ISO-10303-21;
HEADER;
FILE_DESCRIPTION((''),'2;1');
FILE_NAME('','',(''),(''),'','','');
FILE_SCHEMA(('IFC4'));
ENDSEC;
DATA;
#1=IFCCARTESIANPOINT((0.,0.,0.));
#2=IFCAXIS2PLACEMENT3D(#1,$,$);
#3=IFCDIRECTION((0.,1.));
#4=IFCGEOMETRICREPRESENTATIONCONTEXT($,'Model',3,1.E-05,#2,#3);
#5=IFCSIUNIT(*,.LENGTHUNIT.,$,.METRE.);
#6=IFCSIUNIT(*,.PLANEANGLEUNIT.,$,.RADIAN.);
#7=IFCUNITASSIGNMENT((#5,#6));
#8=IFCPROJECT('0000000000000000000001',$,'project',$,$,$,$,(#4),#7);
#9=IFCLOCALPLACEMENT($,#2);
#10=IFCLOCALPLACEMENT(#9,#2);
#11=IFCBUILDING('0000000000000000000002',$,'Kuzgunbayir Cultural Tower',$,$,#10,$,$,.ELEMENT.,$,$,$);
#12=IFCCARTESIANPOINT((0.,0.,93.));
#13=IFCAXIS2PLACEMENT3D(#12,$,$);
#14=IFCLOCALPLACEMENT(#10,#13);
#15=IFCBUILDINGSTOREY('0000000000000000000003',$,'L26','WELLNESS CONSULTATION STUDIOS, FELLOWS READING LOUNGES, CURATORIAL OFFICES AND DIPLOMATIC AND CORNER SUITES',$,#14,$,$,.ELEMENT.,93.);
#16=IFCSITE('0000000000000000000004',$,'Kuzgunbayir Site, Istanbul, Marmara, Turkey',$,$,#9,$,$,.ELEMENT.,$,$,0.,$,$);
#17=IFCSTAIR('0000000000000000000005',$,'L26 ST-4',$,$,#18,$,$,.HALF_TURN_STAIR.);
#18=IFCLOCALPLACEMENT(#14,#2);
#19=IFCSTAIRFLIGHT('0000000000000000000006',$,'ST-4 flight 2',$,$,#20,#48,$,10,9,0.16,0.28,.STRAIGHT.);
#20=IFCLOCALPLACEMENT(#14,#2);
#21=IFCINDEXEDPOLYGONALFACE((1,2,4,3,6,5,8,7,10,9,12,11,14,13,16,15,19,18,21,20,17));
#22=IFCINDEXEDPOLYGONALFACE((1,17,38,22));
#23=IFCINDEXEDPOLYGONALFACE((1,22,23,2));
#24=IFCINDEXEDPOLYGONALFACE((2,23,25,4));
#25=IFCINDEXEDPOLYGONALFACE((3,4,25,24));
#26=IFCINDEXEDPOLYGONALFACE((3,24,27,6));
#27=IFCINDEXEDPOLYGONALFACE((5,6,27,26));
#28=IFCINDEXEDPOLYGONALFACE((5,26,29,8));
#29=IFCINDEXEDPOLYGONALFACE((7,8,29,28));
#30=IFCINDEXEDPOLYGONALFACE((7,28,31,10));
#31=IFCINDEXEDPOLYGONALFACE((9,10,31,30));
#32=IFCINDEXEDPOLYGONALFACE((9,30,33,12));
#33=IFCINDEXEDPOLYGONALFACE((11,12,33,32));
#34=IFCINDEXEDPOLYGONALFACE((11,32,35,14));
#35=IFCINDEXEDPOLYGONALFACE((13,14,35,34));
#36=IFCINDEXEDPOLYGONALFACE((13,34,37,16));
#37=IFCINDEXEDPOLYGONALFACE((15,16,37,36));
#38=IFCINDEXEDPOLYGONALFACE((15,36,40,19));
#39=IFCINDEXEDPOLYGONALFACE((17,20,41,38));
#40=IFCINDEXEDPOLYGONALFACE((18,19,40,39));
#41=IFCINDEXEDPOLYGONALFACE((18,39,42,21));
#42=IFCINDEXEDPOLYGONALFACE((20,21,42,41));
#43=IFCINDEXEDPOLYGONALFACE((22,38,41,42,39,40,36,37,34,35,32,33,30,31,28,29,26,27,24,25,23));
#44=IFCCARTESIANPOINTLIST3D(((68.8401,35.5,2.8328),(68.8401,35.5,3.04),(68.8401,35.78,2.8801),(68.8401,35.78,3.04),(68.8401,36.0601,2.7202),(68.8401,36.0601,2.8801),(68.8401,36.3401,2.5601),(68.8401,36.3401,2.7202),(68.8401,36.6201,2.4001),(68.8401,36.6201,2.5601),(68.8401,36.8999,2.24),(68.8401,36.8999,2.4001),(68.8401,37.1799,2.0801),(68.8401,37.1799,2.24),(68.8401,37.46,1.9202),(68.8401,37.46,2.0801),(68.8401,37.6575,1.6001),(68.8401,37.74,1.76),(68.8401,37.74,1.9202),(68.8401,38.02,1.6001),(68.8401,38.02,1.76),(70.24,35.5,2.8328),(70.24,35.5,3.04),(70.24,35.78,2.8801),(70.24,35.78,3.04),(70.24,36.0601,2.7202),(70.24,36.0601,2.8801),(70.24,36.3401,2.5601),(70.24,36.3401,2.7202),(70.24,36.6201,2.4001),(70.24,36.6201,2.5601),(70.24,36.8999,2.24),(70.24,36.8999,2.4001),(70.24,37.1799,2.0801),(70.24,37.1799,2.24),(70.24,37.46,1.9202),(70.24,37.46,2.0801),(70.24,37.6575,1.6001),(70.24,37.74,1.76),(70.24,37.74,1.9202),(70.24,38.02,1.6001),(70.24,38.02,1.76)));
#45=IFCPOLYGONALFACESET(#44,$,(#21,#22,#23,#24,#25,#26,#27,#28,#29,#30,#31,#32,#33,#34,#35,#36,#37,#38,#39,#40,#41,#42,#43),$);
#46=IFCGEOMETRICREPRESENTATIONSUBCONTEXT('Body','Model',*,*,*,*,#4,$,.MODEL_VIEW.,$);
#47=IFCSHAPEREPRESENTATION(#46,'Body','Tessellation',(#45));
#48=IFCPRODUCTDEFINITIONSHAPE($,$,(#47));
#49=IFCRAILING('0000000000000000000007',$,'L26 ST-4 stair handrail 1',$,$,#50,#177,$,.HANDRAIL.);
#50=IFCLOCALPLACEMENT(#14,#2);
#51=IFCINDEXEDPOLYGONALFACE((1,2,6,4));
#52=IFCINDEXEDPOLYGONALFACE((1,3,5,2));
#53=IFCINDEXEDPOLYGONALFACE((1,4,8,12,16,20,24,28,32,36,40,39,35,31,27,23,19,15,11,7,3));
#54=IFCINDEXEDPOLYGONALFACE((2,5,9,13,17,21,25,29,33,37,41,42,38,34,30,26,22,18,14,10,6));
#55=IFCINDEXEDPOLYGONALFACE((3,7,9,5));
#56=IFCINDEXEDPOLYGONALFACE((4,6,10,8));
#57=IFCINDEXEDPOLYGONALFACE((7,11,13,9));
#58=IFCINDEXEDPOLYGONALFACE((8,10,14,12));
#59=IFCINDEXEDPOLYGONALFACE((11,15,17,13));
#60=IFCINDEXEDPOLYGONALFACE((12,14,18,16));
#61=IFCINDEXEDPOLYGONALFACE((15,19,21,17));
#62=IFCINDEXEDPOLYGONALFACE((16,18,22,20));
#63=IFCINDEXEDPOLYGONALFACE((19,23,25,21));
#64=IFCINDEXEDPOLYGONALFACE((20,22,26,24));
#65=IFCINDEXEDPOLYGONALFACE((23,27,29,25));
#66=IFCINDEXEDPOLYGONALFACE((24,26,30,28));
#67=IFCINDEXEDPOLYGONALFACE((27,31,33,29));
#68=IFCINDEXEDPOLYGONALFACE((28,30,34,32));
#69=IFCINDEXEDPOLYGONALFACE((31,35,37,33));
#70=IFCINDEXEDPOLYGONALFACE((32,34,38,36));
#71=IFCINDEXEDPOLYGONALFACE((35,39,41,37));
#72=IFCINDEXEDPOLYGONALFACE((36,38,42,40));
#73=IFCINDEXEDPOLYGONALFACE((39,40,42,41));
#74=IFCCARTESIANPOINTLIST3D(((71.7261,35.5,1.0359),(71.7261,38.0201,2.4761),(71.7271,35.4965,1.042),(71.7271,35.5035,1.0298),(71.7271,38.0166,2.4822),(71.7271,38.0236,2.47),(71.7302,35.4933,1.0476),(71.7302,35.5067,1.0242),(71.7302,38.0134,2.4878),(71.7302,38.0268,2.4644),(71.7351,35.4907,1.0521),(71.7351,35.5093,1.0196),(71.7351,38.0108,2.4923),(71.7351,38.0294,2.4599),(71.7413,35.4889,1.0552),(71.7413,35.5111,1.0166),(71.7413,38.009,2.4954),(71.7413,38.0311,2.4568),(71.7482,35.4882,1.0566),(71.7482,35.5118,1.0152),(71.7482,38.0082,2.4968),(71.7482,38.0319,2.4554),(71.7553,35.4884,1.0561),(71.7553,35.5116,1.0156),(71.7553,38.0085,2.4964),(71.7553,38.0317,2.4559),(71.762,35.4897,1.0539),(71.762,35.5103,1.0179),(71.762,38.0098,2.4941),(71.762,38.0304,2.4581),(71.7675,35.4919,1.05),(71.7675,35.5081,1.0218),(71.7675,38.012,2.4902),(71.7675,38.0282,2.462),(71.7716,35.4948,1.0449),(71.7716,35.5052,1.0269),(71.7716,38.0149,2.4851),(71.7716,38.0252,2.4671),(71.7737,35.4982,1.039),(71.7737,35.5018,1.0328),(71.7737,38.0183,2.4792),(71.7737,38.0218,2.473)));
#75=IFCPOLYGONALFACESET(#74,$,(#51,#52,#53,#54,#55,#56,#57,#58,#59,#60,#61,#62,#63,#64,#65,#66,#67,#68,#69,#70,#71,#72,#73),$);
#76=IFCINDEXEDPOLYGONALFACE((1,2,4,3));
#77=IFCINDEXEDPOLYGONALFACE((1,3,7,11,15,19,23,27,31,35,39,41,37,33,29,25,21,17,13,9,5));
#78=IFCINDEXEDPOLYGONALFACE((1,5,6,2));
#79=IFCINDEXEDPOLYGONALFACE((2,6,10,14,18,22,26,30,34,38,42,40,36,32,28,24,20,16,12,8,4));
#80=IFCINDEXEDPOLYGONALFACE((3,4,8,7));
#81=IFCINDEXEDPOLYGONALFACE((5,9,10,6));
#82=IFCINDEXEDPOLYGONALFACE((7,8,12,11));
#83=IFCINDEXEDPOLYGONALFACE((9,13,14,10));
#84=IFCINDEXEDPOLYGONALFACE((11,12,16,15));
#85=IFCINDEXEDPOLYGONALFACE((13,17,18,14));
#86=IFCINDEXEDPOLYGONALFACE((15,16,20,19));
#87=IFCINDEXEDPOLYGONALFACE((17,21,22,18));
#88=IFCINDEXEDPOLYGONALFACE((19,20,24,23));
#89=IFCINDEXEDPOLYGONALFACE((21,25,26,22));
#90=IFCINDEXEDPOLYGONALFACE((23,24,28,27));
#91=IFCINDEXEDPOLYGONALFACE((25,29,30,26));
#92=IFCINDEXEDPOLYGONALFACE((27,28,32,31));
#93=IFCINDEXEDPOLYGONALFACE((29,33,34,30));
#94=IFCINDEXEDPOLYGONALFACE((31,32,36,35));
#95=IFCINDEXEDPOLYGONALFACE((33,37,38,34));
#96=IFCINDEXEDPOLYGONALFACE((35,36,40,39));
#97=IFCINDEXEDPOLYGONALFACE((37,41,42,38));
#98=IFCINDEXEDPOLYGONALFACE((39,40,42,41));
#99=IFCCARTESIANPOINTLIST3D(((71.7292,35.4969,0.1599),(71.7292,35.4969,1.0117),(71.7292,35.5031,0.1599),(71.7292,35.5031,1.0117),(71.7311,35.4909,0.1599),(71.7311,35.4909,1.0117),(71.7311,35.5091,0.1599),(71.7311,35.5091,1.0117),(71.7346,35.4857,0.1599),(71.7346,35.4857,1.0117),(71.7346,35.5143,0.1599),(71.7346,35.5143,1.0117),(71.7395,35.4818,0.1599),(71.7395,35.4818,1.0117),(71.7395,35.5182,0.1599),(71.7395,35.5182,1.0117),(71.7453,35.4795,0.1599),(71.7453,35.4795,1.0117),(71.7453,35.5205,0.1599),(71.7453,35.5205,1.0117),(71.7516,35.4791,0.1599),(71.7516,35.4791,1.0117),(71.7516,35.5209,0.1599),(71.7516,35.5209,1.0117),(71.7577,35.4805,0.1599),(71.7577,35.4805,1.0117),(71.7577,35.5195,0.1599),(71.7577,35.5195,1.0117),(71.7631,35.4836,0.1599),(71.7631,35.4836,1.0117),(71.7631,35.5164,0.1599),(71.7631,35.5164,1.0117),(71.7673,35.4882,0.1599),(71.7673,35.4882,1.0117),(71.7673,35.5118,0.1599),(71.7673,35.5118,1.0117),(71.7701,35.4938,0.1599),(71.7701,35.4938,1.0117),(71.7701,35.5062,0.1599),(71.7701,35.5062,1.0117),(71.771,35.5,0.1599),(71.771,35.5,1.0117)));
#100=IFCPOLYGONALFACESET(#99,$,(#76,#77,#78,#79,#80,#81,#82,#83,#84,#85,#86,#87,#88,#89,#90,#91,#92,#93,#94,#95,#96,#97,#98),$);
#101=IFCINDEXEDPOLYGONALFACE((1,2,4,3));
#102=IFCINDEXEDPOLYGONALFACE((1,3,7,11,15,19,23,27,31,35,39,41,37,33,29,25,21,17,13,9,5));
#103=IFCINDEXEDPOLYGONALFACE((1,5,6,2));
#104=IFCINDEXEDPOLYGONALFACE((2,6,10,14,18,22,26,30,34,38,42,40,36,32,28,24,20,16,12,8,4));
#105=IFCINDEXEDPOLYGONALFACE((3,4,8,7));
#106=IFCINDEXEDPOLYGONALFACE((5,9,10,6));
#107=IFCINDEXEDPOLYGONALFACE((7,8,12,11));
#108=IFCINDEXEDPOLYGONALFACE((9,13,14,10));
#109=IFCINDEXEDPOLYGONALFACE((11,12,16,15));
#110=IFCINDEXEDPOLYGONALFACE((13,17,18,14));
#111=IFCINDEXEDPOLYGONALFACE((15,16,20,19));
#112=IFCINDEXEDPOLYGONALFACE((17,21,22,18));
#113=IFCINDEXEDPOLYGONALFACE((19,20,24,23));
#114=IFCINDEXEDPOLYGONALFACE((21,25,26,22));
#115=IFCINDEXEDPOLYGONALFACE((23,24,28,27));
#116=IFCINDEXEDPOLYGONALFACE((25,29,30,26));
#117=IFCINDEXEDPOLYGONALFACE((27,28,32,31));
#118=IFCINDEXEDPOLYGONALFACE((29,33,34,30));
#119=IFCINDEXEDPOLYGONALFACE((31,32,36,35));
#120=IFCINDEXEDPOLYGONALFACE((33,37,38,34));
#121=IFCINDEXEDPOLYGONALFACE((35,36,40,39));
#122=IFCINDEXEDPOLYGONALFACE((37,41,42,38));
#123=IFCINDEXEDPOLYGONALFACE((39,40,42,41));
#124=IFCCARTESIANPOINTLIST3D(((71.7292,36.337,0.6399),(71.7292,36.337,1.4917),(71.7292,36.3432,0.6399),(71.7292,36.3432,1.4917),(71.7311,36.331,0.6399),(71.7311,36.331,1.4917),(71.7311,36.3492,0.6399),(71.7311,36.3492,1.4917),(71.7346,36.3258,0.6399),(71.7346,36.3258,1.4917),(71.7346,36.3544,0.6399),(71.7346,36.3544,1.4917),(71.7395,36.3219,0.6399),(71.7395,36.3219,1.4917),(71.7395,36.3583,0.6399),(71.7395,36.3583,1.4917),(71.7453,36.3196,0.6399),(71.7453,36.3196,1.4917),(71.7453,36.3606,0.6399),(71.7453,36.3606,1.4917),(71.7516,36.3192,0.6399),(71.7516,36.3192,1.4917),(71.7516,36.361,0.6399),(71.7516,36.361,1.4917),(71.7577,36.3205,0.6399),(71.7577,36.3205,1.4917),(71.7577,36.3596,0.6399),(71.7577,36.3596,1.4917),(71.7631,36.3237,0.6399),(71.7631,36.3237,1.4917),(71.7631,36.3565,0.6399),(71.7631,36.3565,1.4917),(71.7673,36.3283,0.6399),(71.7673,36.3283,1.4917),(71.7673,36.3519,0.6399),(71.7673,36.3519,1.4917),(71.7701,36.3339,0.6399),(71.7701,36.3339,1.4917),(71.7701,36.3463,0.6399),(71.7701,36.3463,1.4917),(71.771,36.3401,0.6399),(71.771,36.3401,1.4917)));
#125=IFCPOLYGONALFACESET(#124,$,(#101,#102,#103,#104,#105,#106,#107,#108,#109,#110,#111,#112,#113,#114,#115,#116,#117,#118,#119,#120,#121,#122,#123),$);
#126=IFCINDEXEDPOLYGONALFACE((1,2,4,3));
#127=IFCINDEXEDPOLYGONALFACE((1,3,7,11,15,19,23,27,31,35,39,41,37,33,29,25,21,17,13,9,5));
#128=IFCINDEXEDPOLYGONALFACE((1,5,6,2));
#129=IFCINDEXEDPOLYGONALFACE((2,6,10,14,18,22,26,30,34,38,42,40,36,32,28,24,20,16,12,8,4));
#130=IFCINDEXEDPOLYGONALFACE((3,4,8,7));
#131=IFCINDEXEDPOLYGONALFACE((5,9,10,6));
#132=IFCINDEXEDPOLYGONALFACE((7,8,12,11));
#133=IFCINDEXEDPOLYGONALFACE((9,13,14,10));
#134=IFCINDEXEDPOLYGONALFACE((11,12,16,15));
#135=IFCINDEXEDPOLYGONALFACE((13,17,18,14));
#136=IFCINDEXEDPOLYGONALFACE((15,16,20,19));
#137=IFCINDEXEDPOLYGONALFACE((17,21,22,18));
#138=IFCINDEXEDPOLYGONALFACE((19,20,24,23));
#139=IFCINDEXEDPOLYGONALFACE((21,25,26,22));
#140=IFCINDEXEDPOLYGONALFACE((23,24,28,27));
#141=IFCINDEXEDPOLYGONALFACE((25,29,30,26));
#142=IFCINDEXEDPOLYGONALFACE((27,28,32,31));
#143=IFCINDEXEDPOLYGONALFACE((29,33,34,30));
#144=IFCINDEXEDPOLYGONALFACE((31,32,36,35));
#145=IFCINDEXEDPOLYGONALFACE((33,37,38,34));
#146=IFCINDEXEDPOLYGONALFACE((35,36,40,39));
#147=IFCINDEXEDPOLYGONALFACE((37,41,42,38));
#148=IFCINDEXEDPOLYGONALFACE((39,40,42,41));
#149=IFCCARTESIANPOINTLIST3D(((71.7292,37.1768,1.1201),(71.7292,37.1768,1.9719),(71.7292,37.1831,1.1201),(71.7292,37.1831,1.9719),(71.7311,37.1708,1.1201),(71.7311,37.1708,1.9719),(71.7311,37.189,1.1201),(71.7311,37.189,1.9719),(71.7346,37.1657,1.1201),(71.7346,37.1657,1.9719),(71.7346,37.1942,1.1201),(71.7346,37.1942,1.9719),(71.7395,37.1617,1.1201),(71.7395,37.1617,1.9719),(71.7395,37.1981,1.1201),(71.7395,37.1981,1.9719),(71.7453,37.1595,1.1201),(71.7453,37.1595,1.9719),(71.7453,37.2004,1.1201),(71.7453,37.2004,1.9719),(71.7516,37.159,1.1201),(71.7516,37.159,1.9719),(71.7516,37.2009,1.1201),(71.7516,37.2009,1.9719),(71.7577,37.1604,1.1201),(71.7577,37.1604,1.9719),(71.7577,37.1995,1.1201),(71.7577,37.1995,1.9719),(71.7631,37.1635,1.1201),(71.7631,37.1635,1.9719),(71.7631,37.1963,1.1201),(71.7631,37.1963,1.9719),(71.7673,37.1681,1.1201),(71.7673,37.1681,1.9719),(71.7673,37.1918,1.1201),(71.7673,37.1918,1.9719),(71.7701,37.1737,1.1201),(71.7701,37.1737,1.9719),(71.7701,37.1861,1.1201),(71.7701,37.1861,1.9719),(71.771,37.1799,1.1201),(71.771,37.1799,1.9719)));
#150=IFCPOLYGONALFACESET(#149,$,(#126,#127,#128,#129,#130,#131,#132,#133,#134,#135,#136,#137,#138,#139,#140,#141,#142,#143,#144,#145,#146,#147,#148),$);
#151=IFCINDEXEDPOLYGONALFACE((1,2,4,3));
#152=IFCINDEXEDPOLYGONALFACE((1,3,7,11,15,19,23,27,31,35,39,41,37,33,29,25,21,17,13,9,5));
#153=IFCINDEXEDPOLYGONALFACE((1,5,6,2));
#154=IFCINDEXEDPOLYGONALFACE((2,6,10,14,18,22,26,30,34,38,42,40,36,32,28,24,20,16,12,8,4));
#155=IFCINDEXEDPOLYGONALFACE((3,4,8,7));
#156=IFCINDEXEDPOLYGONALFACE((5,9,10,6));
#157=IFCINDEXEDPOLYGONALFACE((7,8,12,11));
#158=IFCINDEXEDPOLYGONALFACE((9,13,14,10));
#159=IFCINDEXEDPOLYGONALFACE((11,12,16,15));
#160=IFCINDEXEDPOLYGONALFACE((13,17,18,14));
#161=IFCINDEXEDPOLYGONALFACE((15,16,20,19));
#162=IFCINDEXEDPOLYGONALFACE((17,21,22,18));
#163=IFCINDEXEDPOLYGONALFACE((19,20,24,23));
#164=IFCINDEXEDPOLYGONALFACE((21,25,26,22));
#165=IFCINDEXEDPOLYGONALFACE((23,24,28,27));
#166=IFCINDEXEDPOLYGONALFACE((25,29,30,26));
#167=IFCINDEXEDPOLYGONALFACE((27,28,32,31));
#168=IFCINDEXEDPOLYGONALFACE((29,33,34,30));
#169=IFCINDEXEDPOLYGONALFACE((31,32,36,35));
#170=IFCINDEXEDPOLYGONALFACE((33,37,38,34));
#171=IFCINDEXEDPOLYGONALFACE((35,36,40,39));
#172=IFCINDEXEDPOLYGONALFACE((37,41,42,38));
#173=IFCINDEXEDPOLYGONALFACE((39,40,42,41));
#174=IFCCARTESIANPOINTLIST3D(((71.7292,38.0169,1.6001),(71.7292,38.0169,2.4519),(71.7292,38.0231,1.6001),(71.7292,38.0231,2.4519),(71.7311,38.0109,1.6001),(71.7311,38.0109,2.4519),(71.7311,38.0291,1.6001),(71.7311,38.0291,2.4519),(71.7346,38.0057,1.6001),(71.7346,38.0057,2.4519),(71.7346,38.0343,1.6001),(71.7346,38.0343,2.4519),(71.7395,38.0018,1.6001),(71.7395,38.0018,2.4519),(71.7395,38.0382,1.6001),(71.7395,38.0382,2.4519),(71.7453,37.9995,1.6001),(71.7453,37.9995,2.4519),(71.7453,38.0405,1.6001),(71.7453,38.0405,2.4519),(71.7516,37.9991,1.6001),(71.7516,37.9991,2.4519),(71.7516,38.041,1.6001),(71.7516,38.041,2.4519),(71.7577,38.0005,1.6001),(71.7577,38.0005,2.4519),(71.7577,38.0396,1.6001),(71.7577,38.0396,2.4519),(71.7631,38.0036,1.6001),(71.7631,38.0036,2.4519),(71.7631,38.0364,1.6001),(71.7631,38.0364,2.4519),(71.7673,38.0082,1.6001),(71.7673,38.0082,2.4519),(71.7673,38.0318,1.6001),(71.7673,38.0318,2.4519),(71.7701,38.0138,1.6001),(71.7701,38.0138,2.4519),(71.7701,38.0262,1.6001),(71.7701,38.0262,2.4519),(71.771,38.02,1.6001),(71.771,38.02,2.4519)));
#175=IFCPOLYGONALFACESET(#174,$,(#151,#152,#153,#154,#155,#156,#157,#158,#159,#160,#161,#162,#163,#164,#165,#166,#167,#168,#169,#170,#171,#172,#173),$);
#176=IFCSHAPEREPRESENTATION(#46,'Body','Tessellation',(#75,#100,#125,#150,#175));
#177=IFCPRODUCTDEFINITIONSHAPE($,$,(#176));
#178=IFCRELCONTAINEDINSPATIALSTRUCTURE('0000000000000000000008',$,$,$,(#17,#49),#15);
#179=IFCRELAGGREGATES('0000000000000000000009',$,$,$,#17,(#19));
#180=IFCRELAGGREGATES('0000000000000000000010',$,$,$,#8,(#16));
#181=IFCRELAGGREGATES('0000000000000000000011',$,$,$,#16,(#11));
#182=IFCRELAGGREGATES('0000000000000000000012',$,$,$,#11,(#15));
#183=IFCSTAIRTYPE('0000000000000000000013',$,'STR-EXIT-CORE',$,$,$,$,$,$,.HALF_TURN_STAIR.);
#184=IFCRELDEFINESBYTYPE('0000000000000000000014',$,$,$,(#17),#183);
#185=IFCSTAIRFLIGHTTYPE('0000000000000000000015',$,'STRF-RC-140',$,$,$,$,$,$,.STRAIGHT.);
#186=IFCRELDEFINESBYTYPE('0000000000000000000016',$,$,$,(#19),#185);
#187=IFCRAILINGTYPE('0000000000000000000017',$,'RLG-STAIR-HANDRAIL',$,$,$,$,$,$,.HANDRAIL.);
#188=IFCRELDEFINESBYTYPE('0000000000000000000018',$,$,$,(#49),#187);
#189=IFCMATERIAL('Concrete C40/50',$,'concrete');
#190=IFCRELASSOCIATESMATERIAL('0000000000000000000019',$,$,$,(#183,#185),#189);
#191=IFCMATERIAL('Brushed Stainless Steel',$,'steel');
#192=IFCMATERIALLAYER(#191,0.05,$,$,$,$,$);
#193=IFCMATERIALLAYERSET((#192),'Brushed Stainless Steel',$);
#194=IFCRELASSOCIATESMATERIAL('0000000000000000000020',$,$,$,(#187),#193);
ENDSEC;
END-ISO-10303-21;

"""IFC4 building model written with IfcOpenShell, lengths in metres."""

from ifc_helpers import new_model, si_unit, direction, frame, origin, origin_2d, place, context, subcontext, project, spatial, polyline, circle, outline, extrude, material, layer, layer_set, type_object, element, aggregate, save


model = new_model("IFC4")

# Units and contexts
model_context = context("Model", 3, precision=1e-05, world=origin(), true_north=direction((0.0, 1.0)))
body_context = subcontext(model_context, "Body", "Model", "MODEL_VIEW")
ifc_project = project(units=[si_unit("LENGTHUNIT", "METRE"), si_unit("PLANEANGLEUNIT", "RADIAN")], contexts=[model_context])

# Site, building, storey
site_placement = place(None, origin())
site = spatial("IfcSite", under=ifc_project, at=site_placement, Name="Kuzgunbayir Site, Istanbul, Marmara, Turkey", CompositionType="ELEMENT", RefElevation=0.0)
building_placement = place(site_placement, origin())
building = spatial("IfcBuilding", under=site, at=building_placement, Name="Kuzgunbayir Cultural Tower", CompositionType="ELEMENT")
storey_placement = place(building_placement, frame((0.0, 0.0, 93.0)))
storey = spatial("IfcBuildingStorey", under=building, at=storey_placement, Name="L26", Description="WELLNESS CONSULTATION STUDIOS, FELLOWS READING LOUNGES, CURATORIAL OFFICES AND DIPLOMATIC AND CORNER SUITES", CompositionType="ELEMENT", Elevation=93.0)

# Shared definitions
ifc_material_1 = material(Name="Concrete C40/50", Category="concrete")

# Stair, stair flight
stair_type = type_object("IfcStairType", Name="STR-EXIT-CORE", PredefinedType="HALF_TURN_STAIR", material=ifc_material_1)
stair_placement = place(storey_placement, origin())
stair = element("IfcStair", 1, at=stair_placement, inside=storey, type_object=stair_type, Name="L26 ST-4", PredefinedType="HALF_TURN_STAIR")
stair_flight_type = type_object("IfcStairFlightType", Name="STRF-RC-140", PredefinedType="STRAIGHT", material=ifc_material_1)
stair_flight_1_placement = place(storey_placement, frame((69.54, 38.02, 1.6001), z_axis=(0.0, 0.0, 1.0), x_axis=(0.0, -1.0, 0.0)))
stair_flight_1 = element("IfcStairFlight", 2, at=stair_flight_1_placement, type_object=stair_flight_type, Name="ST-4 flight 2", NumberOfRisers=10, NumberOfTreads=9, PredefinedType="STRAIGHT", RiserHeight=0.16, TreadLength=0.28, context=body_context, shape_type="SweptSolid", body=[
    extrude(outline(polyline([(0.0, 0.0), (0.0, 0.1599), (0.28, 0.1599), (0.28, 0.3201), (0.5601, 0.3201), (0.5601, 0.48), (0.8401, 0.48), (0.8401, 0.6399), (1.1201, 0.6399), (1.1201, 0.8), (1.3999, 0.8), (1.3999, 0.96), (1.6799, 0.96), (1.6799, 1.1201), (1.96, 1.1201), (1.96, 1.28), (2.24, 1.28), (2.24, 1.4399), (2.52, 1.4399), (2.52, 1.6001), (2.52, 1.2327), (0.3625, 0.0), (0.0, 0.0)])), frame((0.0, 0.7, 0.0), z_axis=(0.0, -1.0, 0.0), x_axis=(1.0, 0.0, 0.0)), (0.0, 0.0, 1.0), 1.3999),
])
aggregate(stair, [stair_flight_1])

# Railing
ifc_material_2 = material(Name="Brushed Stainless Steel", Category="steel")
ifc_layer_1 = layer(ifc_material_2, 0.05)
ifc_layer_set_1 = layer_set([ifc_layer_1], Name="Brushed Stainless Steel")
railing_type_1 = type_object("IfcRailingType", Name="RLG-STAIR-HANDRAIL", PredefinedType="HANDRAIL", material=ifc_layer_set_1)
railing_1_placement = place(storey_placement, frame((71.75, 35.5, 0.1599)))
element("IfcRailing", 3, at=railing_1_placement, inside=storey, type_object=railing_type_1, Name="L26 ST-4 stair handrail 1", PredefinedType="HANDRAIL", context=body_context, shape_type="SweptSolid", body=[
    extrude(circle(Radius=0.0239, at=origin_2d()), frame((0.0, 0.0, 0.876), z_axis=(0.0, 0.868217, 0.496184), x_axis=(-1.0, 0.0, 0.0)), (0.0, 0.0, 1.0), 2.9026),
    extrude(circle(Radius=0.021, at=origin_2d()), origin(), (0.0, 0.0, 1.0), 0.8518),
    extrude(circle(Radius=0.021, at=origin_2d()), frame((0.0, 0.8401, 0.48)), (0.0, 0.0, 1.0), 0.8518),
    extrude(circle(Radius=0.021, at=origin_2d()), frame((0.0, 1.6799, 0.9602)), (0.0, 0.0, 1.0), 0.8518),
    extrude(circle(Radius=0.021, at=origin_2d()), frame((0.0, 2.52, 1.4402)), (0.0, 0.0, 1.0), 0.8518),
])

save(model, "model.ifc")
